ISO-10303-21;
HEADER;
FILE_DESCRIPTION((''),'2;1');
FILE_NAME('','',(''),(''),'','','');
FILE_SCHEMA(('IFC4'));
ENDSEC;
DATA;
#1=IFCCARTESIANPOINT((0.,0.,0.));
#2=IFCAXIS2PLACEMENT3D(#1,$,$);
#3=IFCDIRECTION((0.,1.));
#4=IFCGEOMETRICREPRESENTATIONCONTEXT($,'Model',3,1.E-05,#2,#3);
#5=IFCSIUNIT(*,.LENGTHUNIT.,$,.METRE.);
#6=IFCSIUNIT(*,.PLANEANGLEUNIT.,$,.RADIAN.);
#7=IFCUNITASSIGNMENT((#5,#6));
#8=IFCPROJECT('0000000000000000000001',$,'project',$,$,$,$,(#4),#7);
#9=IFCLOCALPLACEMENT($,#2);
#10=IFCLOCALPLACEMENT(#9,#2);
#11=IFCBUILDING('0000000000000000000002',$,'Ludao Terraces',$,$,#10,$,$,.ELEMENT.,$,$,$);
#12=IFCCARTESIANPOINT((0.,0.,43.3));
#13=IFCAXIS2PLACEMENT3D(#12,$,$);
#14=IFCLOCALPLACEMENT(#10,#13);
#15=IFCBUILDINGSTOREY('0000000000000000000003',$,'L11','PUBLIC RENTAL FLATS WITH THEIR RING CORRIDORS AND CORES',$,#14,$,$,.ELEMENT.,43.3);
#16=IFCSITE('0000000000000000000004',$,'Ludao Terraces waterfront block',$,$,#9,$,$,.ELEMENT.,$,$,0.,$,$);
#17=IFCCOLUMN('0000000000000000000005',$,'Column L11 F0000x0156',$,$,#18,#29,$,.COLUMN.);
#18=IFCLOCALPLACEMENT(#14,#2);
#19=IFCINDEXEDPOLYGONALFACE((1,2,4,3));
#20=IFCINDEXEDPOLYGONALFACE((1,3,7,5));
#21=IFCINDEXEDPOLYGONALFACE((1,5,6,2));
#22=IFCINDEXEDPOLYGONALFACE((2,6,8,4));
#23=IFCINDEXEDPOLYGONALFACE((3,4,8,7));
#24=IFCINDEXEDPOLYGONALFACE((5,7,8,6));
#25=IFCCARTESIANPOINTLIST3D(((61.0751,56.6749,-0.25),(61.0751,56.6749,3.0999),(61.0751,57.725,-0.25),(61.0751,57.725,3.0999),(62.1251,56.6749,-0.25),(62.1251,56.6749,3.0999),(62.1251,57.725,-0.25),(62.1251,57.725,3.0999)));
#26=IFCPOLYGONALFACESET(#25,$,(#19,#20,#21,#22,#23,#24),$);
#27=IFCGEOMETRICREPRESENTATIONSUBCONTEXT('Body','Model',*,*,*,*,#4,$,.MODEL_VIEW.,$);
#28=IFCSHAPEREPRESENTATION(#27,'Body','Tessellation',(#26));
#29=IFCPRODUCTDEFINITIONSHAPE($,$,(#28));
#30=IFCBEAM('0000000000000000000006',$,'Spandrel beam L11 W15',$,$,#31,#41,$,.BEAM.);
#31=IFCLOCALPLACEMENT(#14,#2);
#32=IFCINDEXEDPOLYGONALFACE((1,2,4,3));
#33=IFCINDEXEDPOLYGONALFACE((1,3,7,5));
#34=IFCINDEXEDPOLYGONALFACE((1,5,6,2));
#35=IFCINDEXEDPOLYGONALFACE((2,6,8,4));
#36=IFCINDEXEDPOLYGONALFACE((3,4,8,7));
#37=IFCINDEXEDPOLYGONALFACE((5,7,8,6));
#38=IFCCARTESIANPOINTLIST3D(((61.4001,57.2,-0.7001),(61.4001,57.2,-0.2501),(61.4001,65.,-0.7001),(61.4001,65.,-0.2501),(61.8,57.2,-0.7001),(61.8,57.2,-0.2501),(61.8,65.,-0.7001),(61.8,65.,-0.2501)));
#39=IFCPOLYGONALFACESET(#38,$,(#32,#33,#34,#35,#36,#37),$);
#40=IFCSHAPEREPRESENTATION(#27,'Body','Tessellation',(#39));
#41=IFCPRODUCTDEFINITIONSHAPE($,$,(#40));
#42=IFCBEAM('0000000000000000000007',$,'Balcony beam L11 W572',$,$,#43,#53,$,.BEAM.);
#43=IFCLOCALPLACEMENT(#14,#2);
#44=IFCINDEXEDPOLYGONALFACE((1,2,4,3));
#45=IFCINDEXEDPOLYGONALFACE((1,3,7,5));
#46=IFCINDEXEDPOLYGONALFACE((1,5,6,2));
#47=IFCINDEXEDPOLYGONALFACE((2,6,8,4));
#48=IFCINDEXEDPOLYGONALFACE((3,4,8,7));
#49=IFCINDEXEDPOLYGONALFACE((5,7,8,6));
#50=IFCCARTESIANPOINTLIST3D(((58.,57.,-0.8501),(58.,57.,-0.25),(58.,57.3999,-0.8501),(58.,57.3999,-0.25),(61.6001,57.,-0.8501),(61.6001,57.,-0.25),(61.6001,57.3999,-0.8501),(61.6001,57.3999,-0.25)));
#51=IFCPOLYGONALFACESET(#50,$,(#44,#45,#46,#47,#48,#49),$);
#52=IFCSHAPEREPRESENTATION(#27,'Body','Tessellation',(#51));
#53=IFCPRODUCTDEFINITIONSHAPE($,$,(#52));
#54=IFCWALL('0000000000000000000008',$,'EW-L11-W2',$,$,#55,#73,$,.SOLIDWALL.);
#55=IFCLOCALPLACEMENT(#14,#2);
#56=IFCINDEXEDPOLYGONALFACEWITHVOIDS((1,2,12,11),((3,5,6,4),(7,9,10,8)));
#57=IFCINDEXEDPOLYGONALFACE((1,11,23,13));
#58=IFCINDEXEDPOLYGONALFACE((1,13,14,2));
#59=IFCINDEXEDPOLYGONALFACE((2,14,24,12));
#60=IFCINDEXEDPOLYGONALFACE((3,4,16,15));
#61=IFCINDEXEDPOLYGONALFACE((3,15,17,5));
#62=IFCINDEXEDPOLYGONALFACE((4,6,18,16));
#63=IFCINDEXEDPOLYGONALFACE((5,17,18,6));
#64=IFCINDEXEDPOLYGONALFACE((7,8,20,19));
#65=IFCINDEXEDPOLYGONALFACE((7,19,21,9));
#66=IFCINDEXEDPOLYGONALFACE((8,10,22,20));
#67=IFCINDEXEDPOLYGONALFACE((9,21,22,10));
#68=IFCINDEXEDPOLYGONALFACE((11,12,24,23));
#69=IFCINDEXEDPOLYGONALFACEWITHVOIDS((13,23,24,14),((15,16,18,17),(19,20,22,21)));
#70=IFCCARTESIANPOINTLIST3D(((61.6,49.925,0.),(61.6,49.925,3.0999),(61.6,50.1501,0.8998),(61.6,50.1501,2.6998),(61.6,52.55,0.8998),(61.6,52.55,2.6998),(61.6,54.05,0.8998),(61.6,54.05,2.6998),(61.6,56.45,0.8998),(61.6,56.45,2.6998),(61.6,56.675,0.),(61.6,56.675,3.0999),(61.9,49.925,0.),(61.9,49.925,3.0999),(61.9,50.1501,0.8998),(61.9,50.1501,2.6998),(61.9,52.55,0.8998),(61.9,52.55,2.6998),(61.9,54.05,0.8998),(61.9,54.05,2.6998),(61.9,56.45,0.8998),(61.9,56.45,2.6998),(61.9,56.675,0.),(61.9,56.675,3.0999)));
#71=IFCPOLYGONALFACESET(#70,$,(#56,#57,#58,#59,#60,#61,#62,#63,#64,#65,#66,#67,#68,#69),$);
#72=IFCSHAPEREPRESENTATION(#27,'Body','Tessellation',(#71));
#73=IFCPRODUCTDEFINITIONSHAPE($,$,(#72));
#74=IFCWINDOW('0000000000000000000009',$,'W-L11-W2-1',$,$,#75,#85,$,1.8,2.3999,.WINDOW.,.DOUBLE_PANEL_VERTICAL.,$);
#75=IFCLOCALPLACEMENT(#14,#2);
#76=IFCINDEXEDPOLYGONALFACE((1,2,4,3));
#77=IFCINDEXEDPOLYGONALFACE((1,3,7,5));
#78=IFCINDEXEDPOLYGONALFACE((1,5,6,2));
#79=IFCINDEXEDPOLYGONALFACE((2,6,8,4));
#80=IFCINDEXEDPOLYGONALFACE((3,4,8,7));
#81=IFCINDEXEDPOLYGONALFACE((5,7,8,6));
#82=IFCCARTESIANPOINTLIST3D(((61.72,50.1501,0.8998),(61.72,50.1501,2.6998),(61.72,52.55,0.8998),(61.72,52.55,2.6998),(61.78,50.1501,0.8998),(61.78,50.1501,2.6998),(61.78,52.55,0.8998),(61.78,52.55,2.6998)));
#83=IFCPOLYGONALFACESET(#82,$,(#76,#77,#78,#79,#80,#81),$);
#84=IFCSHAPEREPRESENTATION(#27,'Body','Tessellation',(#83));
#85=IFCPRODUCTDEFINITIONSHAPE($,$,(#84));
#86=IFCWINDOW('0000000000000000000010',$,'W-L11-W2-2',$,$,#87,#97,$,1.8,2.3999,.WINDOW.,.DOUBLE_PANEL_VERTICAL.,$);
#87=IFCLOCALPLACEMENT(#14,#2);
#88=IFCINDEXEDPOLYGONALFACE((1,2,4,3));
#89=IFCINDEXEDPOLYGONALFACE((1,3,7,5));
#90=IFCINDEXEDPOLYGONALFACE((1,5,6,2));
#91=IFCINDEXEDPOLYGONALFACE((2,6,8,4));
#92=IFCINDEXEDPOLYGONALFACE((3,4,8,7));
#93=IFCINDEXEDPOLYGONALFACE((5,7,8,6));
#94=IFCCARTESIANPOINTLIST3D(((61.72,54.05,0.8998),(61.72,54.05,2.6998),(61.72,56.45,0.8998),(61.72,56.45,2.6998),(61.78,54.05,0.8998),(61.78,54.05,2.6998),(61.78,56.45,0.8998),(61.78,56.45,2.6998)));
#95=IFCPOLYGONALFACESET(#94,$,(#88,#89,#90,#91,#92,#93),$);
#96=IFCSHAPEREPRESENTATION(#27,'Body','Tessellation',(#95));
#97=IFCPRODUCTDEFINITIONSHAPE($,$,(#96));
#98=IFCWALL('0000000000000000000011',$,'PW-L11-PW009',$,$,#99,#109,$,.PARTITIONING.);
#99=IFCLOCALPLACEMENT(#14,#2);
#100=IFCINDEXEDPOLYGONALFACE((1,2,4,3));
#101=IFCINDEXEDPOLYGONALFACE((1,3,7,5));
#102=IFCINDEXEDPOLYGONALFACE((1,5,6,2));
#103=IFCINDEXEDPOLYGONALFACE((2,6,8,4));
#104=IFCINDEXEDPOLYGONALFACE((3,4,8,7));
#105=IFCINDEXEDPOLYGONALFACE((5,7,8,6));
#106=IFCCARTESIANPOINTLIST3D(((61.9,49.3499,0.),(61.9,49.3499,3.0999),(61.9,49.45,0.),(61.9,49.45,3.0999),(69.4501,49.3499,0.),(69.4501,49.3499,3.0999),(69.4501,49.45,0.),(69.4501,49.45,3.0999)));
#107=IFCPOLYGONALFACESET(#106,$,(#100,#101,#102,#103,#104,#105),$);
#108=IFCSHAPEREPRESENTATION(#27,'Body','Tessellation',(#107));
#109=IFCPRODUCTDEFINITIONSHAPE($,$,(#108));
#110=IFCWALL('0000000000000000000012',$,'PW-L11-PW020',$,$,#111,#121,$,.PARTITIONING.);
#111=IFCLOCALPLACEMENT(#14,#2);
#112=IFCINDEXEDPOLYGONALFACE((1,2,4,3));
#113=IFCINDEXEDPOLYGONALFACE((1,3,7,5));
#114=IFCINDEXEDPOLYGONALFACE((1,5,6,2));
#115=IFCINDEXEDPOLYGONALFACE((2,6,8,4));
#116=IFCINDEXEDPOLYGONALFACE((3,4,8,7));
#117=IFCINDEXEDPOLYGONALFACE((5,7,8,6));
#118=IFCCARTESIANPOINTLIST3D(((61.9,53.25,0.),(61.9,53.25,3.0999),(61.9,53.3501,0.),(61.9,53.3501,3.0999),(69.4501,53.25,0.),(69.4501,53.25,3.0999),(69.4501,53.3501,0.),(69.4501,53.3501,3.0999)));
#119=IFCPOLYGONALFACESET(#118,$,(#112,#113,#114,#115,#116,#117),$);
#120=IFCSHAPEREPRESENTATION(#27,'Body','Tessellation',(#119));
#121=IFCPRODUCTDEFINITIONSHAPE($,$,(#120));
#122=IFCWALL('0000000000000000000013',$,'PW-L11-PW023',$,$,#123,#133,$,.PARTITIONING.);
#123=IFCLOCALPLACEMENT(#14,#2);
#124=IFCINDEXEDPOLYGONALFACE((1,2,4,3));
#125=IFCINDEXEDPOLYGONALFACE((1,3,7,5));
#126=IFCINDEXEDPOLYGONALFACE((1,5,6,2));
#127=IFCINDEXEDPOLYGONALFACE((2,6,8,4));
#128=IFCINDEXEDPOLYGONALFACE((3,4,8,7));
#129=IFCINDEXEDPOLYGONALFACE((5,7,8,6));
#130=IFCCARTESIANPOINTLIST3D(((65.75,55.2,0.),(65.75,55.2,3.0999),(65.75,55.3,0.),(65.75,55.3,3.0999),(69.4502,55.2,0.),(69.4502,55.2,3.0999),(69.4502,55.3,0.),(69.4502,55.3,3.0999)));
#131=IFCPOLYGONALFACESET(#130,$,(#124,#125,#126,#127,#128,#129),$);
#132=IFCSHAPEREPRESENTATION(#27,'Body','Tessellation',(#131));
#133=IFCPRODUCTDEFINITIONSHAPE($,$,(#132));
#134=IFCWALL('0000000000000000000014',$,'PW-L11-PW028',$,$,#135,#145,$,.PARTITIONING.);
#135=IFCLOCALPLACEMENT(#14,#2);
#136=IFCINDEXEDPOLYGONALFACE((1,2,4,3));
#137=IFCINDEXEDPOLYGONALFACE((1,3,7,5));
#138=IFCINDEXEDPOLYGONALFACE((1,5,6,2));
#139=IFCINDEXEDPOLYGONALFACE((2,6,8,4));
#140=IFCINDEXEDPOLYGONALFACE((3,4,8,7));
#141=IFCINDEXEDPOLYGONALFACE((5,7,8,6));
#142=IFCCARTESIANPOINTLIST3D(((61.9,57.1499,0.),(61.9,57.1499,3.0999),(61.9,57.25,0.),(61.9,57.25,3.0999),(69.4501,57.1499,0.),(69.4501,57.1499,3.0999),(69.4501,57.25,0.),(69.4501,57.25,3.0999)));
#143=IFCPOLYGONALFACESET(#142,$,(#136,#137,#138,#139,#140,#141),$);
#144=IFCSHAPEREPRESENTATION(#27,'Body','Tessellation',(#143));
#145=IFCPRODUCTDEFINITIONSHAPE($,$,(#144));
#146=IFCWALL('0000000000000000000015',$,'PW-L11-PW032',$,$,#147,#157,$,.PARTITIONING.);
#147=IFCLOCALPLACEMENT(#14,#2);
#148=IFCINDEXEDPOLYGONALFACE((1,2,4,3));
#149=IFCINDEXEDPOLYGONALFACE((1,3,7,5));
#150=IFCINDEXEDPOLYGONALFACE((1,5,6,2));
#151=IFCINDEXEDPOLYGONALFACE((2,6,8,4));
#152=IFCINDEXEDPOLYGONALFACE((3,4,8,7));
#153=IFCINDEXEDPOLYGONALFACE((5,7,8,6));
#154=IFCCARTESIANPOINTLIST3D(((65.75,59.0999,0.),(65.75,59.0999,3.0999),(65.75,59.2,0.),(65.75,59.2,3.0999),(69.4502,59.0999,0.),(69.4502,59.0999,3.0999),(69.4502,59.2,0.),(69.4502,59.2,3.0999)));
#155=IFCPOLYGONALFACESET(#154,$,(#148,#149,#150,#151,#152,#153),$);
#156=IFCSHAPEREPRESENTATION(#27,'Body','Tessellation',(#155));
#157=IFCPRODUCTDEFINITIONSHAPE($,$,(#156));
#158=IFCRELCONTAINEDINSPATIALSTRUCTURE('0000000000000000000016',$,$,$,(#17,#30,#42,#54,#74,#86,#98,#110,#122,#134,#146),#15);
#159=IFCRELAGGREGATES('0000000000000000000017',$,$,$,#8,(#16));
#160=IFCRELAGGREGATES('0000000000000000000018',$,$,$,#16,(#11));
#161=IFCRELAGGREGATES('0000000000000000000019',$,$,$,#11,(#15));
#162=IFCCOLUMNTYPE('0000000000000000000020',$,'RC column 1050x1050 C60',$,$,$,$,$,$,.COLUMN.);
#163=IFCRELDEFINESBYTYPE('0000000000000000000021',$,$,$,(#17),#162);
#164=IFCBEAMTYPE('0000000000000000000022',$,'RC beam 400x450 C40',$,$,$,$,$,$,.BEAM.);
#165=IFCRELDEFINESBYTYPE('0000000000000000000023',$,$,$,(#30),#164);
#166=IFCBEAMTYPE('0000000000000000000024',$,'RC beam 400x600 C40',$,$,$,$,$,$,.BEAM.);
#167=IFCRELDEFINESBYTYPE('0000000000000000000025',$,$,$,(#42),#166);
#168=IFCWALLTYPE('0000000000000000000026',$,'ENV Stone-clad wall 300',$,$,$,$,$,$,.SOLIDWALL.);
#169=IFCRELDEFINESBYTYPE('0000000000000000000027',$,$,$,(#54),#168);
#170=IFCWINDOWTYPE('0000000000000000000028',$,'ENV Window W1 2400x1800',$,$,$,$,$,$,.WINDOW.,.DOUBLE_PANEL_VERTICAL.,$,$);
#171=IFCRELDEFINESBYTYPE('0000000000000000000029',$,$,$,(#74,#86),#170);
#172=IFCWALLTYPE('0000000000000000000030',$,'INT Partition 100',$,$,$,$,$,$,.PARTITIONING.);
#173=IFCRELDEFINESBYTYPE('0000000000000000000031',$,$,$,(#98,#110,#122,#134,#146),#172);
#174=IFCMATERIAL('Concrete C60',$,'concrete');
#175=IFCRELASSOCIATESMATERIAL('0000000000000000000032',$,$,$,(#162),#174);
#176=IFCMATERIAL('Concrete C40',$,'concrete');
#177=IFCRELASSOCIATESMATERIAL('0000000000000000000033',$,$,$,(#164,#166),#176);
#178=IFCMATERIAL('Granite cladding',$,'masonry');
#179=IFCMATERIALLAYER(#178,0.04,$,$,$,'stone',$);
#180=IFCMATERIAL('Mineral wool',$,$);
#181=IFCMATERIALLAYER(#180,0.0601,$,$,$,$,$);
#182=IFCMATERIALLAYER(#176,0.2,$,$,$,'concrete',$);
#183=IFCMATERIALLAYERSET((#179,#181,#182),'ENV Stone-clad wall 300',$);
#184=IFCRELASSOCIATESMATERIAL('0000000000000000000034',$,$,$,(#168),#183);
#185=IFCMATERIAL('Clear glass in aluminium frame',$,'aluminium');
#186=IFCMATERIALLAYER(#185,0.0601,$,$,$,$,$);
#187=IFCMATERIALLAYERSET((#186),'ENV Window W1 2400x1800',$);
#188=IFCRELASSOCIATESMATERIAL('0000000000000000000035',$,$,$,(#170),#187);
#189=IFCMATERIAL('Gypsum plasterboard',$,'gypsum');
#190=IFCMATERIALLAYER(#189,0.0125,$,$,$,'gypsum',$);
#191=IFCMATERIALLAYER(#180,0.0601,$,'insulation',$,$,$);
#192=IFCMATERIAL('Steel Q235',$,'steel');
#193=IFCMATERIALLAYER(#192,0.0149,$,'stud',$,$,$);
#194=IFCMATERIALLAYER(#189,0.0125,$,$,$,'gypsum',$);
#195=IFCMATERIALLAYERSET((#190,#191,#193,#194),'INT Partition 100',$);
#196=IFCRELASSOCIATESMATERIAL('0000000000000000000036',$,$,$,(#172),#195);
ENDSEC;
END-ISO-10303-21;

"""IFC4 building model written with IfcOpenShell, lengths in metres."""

from ifc_helpers import new_model, si_unit, direction, frame, frame_2d, origin, origin_2d, place, context, subcontext, project, spatial, rectangle, extrude, material, layer, layer_set, material_profile, profile_set, type_object, element, fill, save


model = new_model("IFC4")

# Units and contexts
model_context = context("Model", 3, precision=1e-05, world=origin(), true_north=direction((0.0, 1.0)))
body_context = subcontext(model_context, "Body", "Model", "MODEL_VIEW")
ifc_project = project(units=[si_unit("LENGTHUNIT", "METRE"), si_unit("PLANEANGLEUNIT", "RADIAN")], contexts=[model_context])

# Site, building, storey
site_placement = place(None, origin())
site = spatial("IfcSite", under=ifc_project, at=site_placement, Name="Ludao Terraces waterfront block", CompositionType="ELEMENT", RefElevation=0.0)
building_placement = place(site_placement, origin())
building = spatial("IfcBuilding", under=site, at=building_placement, Name="Ludao Terraces", CompositionType="ELEMENT")
storey_placement = place(building_placement, frame((0.0, 0.0, 43.3)))
storey = spatial("IfcBuildingStorey", under=building, at=storey_placement, Name="L11", Description="PUBLIC RENTAL FLATS WITH THEIR RING CORRIDORS AND CORES", CompositionType="ELEMENT", Elevation=43.3)

# Column
ifc_material_1 = material(Name="Concrete C60", Category="concrete")
ifc_material_profile_1 = material_profile(ifc_material_1, rectangle(XDim=1.05, YDim=1.05, at=origin_2d()), Name="1050 X 1050")
ifc_profile_set_1 = profile_set([ifc_material_profile_1], Name="Concrete C60")
column_type = type_object("IfcColumnType", Name="RC column 1050x1050 C60", PredefinedType="COLUMN", material=ifc_profile_set_1)
column_placement = place(storey_placement, frame((61.6001, 57.2, -0.25), z_axis=(0.0, 0.0, 1.0), x_axis=(1.0, 0.0, 0.0)))
element("IfcColumn", 1, at=column_placement, inside=storey, type_object=column_type, Name="Column L11 F0000x0156", PredefinedType="COLUMN", context=body_context, shape_type="SweptSolid", body=[
    extrude(rectangle(XDim=1.05, YDim=1.05, at=origin_2d()), origin(), (0.0, 0.0, 1.0), 3.3499),
])

# Beams
ifc_material_2 = material(Name="Concrete C40", Category="concrete")
ifc_material_profile_2 = material_profile(ifc_material_2, rectangle(XDim=0.3999, YDim=0.45, at=origin_2d()), Name="400 X 450")
ifc_profile_set_2 = profile_set([ifc_material_profile_2], Name="Concrete C40")
beam_type_1 = type_object("IfcBeamType", Name="RC beam 400x450 C40", PredefinedType="BEAM", material=ifc_profile_set_2)
beam_1_placement = place(storey_placement, frame((61.6001, 57.2, -0.4751), z_axis=(0.0, 1.0, 0.0), x_axis=(-1.0, 0.0, 0.0)))
element("IfcBeam", 2, at=beam_1_placement, inside=storey, type_object=beam_type_1, Name="Spandrel beam L11 W15", PredefinedType="BEAM", context=body_context, shape_type="SweptSolid", body=[
    extrude(rectangle(XDim=0.3999, YDim=0.45, at=origin_2d()), origin(), (0.0, 0.0, 1.0), 7.8),
])
ifc_material_profile_3 = material_profile(ifc_material_2, rectangle(XDim=0.3999, YDim=0.6001, at=origin_2d()), Name="400 X 600")
ifc_profile_set_3 = profile_set([ifc_material_profile_3], Name="Concrete C40")
beam_type_2 = type_object("IfcBeamType", Name="RC beam 400x600 C40", PredefinedType="BEAM", material=ifc_profile_set_3)
beam_2_placement = place(storey_placement, frame((61.6001, 57.2, -0.55), z_axis=(-1.0, 0.0, 0.0), x_axis=(0.0, -1.0, 0.0)))
element("IfcBeam", 3, at=beam_2_placement, inside=storey, type_object=beam_type_2, Name="Balcony beam L11 W572", PredefinedType="BEAM", context=body_context, shape_type="SweptSolid", body=[
    extrude(rectangle(XDim=0.3999, YDim=0.6001, at=origin_2d()), origin(), (0.0, 0.0, 1.0), 3.6001),
])

# Wall, openings, windows
ifc_material_3 = material(Name="Granite cladding", Category="masonry")
ifc_layer_1 = layer(ifc_material_3, 0.04, Category="stone")
ifc_material_4 = material(Name="Mineral wool")
ifc_layer_2 = layer(ifc_material_4, 0.0601)
ifc_layer_3 = layer(ifc_material_2, 0.2, Category="concrete")
ifc_layer_set_1 = layer_set([ifc_layer_1, ifc_layer_2, ifc_layer_3], Name="ENV Stone-clad wall 300")
wall_type_1 = type_object("IfcWallType", Name="ENV Stone-clad wall 300", PredefinedType="SOLIDWALL", material=ifc_layer_set_1)
wall_1_placement = place(storey_placement, frame((61.75, 49.925, 0.0), z_axis=(0.0, 0.0, 1.0), x_axis=(0.0, 1.0, 0.0)))
wall_1 = element("IfcWall", 4, at=wall_1_placement, inside=storey, type_object=wall_type_1, Name="EW-L11-W2", PredefinedType="SOLIDWALL", context=body_context, shape_type="SweptSolid", body=[
    extrude(rectangle(XDim=6.75, YDim=0.3, at=frame_2d((3.375, 0.0))), origin(), (0.0, 0.0, 1.0), 3.0999),
])
opening_1_placement = place(wall_1_placement, frame((0.2251, 0.0, 0.8999)))
opening_1 = element("IfcOpeningElement", 5, at=opening_1_placement, cuts=wall_1, PredefinedType="OPENING", context=body_context, shape_type="SweptSolid", body=[
    extrude(rectangle(XDim=2.3999, YDim=1.8, at=frame_2d((1.2, 0.8999))), frame((0.0, 0.1602, 0.0), z_axis=(0.0, -1.0, 0.0), x_axis=(1.0, 0.0, 0.0)), (0.0, 0.0, 1.0), 0.3201),
])
opening_2_placement = place(wall_1_placement, frame((4.125, 0.0, 0.8999)))
opening_2 = element("IfcOpeningElement", 6, at=opening_2_placement, cuts=wall_1, PredefinedType="OPENING", context=body_context, shape_type="SweptSolid", body=[
    extrude(rectangle(XDim=2.3999, YDim=1.8, at=frame_2d((1.2, 0.8999))), frame((0.0, 0.1602, 0.0), z_axis=(0.0, -1.0, 0.0), x_axis=(1.0, 0.0, 0.0)), (0.0, 0.0, 1.0), 0.3201),
])
ifc_material_5 = material(Name="Clear glass in aluminium frame", Category="aluminium")
ifc_layer_4 = layer(ifc_material_5, 0.0601)
ifc_layer_set_2 = layer_set([ifc_layer_4], Name="ENV Window W1 2400x1800")
window_type = type_object("IfcWindowType", Name="ENV Window W1 2400x1800", PartitioningType="DOUBLE_PANEL_VERTICAL", PredefinedType="WINDOW", material=ifc_layer_set_2)
window_1_placement = place(opening_1_placement, origin())
window_1 = element("IfcWindow", 7, at=window_1_placement, inside=storey, type_object=window_type, Name="W-L11-W2-1", OverallHeight=1.8, OverallWidth=2.3999, PartitioningType="DOUBLE_PANEL_VERTICAL", PredefinedType="WINDOW", context=body_context, shape_type="SweptSolid", body=[
    extrude(rectangle(XDim=2.3999, YDim=1.8, at=frame_2d((1.2, 0.8999))), frame((0.0, 0.03, 0.0), z_axis=(0.0, -1.0, 0.0), x_axis=(1.0, 0.0, 0.0)), (0.0, 0.0, 1.0), 0.0601),
])
fill(opening_1, window_1)
window_2_placement = place(opening_2_placement, origin())
window_2 = element("IfcWindow", 8, at=window_2_placement, inside=storey, type_object=window_type, Name="W-L11-W2-2", OverallHeight=1.8, OverallWidth=2.3999, PartitioningType="DOUBLE_PANEL_VERTICAL", PredefinedType="WINDOW", context=body_context, shape_type="SweptSolid", body=[
    extrude(rectangle(XDim=2.3999, YDim=1.8, at=frame_2d((1.2, 0.8999))), frame((0.0, 0.03, 0.0), z_axis=(0.0, -1.0, 0.0), x_axis=(1.0, 0.0, 0.0)), (0.0, 0.0, 1.0), 0.0601),
])
fill(opening_2, window_2)

# Walls
ifc_material_6 = material(Name="Gypsum plasterboard", Category="gypsum")
ifc_layer_5 = layer(ifc_material_6, 0.0125, Category="gypsum")
ifc_layer_6 = layer(ifc_material_4, 0.0601, Name="insulation")
ifc_material_7 = material(Name="Steel Q235", Category="steel")
ifc_layer_7 = layer(ifc_material_7, 0.0149, Name="stud")
ifc_layer_8 = layer(ifc_material_6, 0.0125, Category="gypsum")
ifc_layer_set_3 = layer_set([ifc_layer_5, ifc_layer_6, ifc_layer_7, ifc_layer_8], Name="INT Partition 100")
wall_type_2 = type_object("IfcWallType", Name="INT Partition 100", PredefinedType="PARTITIONING", material=ifc_layer_set_3)
for number, where, z_axis, x_axis, name in (
    (9, (61.9001, 49.3999, 0.0), (0.0, 0.0, 1.0), (1.0, 0.0, 0.0), "PW-L11-PW009"),
    (10, (61.9001, 53.3, 0.0), (0.0, 0.0, 1.0), (1.0, 0.0, 0.0), "PW-L11-PW020"),
):
    element("IfcWall", number, at=place(storey_placement, frame(where, z_axis=z_axis, x_axis=x_axis)), inside=storey, type_object=wall_type_2, Name=name, PredefinedType="PARTITIONING", context=body_context, shape_type="SweptSolid", body=[
        extrude(rectangle(XDim=7.55, YDim=0.1001, at=frame_2d((3.7749, 0.0))), origin(), (0.0, 0.0, 1.0), 3.0999),
    ])
wall_2_placement = place(storey_placement, frame((65.75, 55.25, 0.0), z_axis=(0.0, 0.0, 1.0), x_axis=(1.0, 0.0, 0.0)))
element("IfcWall", 11, at=wall_2_placement, inside=storey, type_object=wall_type_2, Name="PW-L11-PW023", PredefinedType="PARTITIONING", context=body_context, shape_type="SweptSolid", body=[
    extrude(rectangle(XDim=3.7002, YDim=0.1001, at=frame_2d((1.8501, 0.0))), origin(), (0.0, 0.0, 1.0), 3.0999),
])
wall_3_placement = place(storey_placement, frame((61.9001, 57.2, 0.0), z_axis=(0.0, 0.0, 1.0), x_axis=(1.0, 0.0, 0.0)))
element("IfcWall", 12, at=wall_3_placement, inside=storey, type_object=wall_type_2, Name="PW-L11-PW028", PredefinedType="PARTITIONING", context=body_context, shape_type="SweptSolid", body=[
    extrude(rectangle(XDim=7.55, YDim=0.1001, at=frame_2d((3.7749, 0.0))), origin(), (0.0, 0.0, 1.0), 3.0999),
])
wall_4_placement = place(storey_placement, frame((65.75, 59.1499, 0.0), z_axis=(0.0, 0.0, 1.0), x_axis=(1.0, 0.0, 0.0)))
element("IfcWall", 13, at=wall_4_placement, inside=storey, type_object=wall_type_2, Name="PW-L11-PW032", PredefinedType="PARTITIONING", context=body_context, shape_type="SweptSolid", body=[
    extrude(rectangle(XDim=3.7002, YDim=0.1001, at=frame_2d((1.8501, 0.0))), origin(), (0.0, 0.0, 1.0), 3.0999),
])

save(model, "model.ifc")
